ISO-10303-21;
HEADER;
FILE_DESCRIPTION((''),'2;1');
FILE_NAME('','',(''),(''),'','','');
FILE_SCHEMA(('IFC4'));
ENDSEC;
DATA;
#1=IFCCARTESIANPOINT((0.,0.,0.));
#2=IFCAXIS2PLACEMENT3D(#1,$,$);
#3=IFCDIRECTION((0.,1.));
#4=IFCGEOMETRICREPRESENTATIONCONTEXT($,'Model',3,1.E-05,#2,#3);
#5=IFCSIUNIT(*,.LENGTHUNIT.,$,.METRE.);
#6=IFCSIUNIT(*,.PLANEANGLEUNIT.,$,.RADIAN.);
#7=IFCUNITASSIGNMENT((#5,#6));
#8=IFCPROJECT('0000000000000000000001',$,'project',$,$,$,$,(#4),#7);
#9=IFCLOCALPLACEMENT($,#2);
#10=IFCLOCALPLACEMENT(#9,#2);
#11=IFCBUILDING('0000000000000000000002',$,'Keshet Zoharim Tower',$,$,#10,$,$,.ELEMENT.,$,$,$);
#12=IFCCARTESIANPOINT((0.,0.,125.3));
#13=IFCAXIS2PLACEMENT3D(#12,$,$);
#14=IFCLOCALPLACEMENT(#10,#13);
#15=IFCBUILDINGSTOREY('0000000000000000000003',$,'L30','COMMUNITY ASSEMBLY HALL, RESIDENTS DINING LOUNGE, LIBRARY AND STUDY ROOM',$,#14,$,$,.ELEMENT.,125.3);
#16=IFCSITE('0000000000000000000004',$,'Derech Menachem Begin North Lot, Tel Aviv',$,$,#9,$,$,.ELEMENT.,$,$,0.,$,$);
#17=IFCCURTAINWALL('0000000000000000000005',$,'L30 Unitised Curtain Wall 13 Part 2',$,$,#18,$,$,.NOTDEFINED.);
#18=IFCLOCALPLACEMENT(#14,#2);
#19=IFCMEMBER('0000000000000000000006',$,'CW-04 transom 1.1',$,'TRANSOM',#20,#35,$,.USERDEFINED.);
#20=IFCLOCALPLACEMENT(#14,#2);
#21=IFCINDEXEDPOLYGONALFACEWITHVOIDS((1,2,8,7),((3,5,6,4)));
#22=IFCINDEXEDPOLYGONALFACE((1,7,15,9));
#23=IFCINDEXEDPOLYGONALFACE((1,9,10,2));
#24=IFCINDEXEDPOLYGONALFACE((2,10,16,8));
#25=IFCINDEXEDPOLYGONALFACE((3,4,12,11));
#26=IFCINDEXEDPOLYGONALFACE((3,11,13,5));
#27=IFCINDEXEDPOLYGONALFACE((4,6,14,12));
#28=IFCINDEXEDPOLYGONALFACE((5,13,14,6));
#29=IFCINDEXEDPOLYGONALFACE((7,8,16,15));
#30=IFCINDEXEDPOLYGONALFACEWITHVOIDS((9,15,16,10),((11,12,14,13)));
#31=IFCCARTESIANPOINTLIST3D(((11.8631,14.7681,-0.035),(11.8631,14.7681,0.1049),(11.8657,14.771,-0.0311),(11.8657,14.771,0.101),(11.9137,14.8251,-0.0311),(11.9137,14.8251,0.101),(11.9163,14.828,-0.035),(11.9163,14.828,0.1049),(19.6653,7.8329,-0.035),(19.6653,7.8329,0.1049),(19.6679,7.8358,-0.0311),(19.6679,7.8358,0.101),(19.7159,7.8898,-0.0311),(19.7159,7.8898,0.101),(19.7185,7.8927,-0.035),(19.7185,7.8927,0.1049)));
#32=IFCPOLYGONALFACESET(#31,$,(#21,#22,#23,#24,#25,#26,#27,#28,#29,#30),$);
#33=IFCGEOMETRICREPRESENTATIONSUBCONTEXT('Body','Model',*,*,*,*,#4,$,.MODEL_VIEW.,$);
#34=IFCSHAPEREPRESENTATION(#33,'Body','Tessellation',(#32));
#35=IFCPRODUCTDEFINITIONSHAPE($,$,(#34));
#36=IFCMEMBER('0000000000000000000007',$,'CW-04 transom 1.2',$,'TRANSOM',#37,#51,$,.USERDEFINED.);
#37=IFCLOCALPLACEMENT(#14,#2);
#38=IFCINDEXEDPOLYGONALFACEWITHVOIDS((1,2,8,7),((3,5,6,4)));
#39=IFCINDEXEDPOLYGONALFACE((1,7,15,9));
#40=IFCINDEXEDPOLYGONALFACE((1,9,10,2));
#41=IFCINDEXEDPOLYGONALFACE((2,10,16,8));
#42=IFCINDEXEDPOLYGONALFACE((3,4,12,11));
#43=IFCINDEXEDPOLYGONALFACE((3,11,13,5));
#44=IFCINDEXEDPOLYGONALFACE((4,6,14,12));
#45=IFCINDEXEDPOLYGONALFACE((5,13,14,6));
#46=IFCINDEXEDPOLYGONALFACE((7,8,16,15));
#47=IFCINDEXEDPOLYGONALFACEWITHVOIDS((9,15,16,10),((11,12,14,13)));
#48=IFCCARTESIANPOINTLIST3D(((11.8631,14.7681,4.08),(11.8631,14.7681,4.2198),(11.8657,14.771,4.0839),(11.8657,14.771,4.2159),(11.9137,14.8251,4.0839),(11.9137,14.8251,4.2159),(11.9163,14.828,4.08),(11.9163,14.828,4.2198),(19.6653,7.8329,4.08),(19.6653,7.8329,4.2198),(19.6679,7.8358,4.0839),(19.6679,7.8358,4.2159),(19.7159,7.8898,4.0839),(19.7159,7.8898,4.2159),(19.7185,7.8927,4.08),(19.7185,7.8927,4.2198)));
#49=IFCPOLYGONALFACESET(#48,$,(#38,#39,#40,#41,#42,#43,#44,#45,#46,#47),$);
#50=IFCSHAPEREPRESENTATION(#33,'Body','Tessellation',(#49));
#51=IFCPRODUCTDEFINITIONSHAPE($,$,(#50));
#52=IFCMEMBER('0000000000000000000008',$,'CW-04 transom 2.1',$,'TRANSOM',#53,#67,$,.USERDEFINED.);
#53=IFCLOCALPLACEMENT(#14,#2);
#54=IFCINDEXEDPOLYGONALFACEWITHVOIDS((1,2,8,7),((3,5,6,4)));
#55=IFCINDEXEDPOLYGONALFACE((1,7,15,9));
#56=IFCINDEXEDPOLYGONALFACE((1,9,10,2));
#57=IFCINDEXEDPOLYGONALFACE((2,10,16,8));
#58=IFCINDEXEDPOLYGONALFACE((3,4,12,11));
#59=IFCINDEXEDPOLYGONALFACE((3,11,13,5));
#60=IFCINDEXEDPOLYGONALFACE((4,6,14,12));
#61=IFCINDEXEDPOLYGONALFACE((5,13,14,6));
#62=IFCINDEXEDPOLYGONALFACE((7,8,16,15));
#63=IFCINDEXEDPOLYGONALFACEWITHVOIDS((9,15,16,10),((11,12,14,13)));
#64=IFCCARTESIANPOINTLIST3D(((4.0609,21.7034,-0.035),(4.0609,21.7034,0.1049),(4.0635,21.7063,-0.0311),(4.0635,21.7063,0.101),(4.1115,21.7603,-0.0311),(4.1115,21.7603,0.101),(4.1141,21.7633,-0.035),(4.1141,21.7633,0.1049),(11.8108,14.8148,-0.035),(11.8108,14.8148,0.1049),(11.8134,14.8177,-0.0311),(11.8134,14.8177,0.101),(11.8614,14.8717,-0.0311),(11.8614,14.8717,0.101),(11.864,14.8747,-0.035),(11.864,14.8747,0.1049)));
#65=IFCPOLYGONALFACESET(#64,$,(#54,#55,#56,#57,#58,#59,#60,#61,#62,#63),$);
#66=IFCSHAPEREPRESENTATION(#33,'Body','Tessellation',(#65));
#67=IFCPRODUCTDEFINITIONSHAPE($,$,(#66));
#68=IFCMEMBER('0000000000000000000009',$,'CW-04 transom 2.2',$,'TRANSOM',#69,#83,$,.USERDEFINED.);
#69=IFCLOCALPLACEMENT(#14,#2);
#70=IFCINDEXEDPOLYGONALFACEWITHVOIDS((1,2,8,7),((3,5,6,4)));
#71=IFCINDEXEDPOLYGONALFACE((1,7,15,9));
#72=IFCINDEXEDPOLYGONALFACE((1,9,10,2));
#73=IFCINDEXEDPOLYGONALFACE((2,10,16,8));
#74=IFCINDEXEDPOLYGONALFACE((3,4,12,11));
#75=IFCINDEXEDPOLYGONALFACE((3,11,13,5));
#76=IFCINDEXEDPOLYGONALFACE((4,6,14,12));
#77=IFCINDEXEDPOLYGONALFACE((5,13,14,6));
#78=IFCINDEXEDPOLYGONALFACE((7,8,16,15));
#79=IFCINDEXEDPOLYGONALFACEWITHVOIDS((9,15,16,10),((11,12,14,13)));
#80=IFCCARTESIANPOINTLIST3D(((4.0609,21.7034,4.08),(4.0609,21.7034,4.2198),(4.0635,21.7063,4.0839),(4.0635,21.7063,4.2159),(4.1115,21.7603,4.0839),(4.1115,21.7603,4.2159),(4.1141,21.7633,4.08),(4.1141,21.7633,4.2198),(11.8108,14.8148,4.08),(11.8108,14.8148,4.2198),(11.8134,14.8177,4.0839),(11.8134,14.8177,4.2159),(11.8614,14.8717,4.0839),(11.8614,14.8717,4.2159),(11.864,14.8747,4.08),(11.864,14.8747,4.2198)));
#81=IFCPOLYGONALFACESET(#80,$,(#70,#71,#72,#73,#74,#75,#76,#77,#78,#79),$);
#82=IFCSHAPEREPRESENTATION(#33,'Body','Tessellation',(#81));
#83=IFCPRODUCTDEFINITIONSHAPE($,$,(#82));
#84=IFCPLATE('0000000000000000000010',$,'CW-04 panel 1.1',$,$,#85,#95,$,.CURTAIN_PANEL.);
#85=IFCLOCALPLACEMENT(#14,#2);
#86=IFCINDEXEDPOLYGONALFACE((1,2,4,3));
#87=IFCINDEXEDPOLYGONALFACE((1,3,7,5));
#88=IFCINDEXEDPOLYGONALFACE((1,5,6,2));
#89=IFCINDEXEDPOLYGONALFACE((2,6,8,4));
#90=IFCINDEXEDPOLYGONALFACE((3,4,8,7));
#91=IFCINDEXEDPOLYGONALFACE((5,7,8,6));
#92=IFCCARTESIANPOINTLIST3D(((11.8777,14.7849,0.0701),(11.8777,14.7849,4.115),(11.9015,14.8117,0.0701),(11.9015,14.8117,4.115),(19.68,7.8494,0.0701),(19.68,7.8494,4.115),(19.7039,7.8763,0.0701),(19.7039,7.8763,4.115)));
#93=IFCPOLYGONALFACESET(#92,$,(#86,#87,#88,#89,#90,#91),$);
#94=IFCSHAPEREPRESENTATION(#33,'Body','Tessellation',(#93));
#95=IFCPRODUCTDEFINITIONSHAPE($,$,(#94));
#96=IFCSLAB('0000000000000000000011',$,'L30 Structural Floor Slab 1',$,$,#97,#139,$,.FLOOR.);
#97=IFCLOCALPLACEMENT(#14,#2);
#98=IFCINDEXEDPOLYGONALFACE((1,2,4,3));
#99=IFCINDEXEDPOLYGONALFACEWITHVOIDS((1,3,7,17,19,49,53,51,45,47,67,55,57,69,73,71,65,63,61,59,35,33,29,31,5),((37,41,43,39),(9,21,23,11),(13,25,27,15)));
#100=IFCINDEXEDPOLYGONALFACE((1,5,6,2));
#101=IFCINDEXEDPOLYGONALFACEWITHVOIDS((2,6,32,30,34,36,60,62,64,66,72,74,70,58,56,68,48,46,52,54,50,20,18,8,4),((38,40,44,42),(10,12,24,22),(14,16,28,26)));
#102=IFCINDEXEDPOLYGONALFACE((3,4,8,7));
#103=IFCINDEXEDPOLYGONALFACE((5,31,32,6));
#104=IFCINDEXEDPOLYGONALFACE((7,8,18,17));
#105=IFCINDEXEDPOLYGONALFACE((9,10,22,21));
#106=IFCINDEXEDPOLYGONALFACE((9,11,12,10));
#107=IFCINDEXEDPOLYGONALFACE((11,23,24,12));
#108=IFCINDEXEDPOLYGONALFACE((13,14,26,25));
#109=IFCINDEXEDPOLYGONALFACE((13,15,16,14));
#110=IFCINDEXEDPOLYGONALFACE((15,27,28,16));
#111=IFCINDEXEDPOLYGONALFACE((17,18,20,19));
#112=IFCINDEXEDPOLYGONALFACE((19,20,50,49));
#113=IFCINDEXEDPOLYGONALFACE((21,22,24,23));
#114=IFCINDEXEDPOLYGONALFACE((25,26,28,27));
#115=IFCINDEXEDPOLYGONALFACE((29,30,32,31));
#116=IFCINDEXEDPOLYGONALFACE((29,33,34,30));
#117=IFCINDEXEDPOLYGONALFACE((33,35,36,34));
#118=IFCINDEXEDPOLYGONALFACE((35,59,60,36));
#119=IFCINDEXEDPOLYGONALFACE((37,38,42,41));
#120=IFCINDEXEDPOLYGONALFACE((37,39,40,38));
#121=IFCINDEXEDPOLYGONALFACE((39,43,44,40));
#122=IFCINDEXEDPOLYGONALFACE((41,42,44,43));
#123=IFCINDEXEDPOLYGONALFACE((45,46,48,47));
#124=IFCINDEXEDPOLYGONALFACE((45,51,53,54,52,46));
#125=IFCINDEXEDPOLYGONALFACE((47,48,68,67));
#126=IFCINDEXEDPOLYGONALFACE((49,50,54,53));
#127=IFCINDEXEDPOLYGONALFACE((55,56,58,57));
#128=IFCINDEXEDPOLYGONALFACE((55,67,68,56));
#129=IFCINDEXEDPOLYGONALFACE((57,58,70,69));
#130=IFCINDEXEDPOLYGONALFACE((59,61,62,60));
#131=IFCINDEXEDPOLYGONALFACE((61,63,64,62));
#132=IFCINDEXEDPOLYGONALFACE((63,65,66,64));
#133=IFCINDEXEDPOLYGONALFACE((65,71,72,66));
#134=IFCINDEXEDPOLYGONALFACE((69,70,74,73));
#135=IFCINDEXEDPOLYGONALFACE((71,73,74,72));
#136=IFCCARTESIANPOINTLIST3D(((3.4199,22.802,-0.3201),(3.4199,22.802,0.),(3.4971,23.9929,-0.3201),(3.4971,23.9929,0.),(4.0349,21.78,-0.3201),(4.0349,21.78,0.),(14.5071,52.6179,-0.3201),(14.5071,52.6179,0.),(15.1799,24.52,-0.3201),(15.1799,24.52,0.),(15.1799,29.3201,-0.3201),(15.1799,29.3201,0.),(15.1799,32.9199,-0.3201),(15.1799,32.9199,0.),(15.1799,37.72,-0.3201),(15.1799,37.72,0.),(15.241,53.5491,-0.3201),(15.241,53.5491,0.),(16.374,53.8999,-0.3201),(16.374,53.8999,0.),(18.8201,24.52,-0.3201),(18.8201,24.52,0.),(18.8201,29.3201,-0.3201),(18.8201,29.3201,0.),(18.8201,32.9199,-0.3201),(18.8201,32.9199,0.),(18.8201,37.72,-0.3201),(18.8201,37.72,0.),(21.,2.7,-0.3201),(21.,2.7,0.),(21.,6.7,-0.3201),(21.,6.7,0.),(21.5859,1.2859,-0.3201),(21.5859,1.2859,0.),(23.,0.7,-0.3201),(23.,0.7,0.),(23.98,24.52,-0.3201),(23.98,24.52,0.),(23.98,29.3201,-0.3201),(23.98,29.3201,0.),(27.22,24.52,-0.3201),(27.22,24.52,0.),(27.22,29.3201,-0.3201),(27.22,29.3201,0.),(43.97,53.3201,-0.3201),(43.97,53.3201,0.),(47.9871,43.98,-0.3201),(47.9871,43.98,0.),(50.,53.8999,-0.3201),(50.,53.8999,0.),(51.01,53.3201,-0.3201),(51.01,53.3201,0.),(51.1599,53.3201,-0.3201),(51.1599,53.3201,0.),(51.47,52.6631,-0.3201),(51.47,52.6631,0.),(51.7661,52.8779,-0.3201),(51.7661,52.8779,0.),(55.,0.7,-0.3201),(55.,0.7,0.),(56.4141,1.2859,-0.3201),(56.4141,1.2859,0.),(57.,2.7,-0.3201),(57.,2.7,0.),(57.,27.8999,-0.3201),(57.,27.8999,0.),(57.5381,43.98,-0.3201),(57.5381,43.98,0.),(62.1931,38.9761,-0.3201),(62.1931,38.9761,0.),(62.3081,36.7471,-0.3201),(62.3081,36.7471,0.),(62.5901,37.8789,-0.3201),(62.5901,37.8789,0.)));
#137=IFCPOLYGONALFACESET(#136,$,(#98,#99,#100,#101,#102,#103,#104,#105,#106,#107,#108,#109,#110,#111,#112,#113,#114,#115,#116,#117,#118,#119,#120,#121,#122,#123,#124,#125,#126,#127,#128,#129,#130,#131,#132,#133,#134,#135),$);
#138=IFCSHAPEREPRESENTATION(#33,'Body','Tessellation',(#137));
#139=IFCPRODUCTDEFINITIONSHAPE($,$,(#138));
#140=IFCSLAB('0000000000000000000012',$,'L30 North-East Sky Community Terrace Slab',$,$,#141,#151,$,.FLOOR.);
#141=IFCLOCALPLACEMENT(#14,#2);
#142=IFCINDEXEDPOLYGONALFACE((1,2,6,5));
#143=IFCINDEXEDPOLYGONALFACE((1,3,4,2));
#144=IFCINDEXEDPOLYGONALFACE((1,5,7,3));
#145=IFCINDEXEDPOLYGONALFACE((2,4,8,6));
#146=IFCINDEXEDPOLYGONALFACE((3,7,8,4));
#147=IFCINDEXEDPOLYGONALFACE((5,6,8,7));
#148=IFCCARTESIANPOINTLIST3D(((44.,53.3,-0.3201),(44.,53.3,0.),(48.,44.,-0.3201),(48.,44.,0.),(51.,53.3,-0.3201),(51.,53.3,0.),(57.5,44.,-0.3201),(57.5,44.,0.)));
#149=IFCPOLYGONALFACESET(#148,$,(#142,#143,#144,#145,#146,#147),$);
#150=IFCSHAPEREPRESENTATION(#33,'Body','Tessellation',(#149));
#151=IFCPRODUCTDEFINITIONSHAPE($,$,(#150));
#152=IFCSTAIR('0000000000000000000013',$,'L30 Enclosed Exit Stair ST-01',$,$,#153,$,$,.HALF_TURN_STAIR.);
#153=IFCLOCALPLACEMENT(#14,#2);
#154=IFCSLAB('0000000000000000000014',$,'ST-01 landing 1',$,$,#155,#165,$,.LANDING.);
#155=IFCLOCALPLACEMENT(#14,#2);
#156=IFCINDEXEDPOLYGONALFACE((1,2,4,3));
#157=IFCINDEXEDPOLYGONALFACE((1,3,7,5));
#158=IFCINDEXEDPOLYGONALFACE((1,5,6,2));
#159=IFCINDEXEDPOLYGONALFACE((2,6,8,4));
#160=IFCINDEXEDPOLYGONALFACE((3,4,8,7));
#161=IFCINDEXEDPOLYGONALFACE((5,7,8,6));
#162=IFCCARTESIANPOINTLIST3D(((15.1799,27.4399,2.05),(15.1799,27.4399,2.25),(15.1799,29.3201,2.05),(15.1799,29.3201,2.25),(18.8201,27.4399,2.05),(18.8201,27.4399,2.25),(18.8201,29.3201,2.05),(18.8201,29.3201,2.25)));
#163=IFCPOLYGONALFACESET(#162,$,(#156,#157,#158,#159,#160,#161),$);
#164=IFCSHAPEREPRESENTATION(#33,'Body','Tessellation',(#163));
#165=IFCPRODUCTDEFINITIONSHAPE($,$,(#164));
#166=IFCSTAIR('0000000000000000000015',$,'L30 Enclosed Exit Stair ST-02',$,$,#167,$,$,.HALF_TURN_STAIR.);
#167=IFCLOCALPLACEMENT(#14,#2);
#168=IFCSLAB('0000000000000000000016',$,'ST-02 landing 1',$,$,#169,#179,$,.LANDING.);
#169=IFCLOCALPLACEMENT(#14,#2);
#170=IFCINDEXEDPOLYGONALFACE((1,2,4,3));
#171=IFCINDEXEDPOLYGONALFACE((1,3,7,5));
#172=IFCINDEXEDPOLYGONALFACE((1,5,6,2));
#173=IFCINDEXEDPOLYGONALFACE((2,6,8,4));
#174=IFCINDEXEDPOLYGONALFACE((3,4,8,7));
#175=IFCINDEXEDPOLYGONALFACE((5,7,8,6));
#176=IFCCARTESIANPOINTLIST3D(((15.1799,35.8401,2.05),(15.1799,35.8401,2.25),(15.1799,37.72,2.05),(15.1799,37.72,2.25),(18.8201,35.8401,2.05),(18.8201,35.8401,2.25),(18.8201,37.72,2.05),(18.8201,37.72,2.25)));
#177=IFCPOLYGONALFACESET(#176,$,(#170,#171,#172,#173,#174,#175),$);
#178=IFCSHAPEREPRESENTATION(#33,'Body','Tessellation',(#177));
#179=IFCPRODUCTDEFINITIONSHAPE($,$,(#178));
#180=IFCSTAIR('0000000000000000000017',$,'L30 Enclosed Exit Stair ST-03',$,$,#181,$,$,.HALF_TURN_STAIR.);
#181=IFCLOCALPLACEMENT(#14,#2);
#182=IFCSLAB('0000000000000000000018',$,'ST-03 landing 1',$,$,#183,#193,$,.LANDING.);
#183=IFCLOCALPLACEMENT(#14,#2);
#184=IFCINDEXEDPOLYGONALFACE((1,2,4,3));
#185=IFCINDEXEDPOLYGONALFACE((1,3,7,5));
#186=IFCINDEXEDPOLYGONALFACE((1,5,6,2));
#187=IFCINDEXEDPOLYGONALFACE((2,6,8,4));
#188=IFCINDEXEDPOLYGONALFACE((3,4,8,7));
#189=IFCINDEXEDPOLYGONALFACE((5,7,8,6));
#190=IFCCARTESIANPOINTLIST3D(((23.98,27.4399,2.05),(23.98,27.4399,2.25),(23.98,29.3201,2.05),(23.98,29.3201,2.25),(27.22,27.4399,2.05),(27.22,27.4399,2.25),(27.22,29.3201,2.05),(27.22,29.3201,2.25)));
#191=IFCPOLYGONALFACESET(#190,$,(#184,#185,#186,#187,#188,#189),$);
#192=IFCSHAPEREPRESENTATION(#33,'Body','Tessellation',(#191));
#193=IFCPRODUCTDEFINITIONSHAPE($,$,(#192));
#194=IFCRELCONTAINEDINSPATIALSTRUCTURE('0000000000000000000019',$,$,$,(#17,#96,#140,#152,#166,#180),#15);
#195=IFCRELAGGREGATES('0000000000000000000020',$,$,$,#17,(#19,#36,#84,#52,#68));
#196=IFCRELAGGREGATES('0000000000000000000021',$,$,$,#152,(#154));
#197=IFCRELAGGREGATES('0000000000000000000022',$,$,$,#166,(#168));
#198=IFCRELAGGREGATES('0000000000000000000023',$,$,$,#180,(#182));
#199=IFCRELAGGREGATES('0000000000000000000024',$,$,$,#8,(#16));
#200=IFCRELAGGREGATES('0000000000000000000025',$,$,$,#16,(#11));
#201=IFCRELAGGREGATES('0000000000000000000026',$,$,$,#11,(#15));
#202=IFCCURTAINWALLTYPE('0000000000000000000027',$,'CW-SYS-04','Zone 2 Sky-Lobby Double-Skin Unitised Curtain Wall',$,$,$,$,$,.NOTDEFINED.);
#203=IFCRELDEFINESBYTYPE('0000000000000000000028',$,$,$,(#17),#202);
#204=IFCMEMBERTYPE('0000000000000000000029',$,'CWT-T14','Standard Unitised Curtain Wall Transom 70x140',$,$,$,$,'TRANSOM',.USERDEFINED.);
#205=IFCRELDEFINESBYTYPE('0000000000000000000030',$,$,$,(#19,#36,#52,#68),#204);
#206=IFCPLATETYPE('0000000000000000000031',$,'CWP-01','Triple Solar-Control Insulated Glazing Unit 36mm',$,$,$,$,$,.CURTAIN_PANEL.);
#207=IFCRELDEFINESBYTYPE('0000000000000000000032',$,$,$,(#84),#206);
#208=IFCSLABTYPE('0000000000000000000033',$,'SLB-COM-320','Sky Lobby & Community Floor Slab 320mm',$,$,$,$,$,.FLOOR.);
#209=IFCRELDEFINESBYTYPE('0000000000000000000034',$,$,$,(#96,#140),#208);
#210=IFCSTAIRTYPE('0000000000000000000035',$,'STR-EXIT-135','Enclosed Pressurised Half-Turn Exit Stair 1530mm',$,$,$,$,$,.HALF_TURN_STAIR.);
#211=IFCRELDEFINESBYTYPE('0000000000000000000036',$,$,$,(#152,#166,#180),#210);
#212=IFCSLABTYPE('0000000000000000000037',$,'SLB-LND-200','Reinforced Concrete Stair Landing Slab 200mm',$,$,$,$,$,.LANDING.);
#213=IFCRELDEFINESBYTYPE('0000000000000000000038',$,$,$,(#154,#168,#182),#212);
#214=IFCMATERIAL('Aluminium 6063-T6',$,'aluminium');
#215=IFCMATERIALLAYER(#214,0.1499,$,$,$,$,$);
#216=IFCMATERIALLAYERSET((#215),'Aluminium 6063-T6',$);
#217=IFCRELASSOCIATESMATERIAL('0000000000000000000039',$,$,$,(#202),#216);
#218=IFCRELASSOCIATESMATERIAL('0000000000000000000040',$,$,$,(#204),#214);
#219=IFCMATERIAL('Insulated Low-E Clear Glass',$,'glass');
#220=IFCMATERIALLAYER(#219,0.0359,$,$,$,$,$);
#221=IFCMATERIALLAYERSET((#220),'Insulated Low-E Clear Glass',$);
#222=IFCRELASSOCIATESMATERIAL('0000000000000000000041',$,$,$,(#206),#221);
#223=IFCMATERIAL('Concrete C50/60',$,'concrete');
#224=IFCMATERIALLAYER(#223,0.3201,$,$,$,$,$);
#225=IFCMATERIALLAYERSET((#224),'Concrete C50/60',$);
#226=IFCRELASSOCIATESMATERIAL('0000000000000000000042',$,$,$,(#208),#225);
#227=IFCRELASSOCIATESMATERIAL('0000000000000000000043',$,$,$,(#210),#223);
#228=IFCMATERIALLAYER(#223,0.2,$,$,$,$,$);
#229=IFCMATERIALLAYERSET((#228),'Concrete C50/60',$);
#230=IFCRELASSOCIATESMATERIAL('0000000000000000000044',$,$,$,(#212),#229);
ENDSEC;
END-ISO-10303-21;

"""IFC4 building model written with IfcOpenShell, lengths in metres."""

from ifc_helpers import new_model, si_unit, direction, frame, origin, origin_2d, place, context, subcontext, project, spatial, polyline, rectangle, hollow_rectangle, outline, extrude, material, layer, layer_set, material_profile, profile_set, type_object, element, aggregate, save


model = new_model("IFC4")

# Units and contexts
model_context = context("Model", 3, precision=1e-05, world=origin(), true_north=direction((0.0, 1.0)))
body_context = subcontext(model_context, "Body", "Model", "MODEL_VIEW")
ifc_project = project(units=[si_unit("LENGTHUNIT", "METRE"), si_unit("PLANEANGLEUNIT", "RADIAN")], contexts=[model_context])

# Site, building, storey
site_placement = place(None, origin())
site = spatial("IfcSite", under=ifc_project, at=site_placement, Name="Derech Menachem Begin North Lot, Tel Aviv", CompositionType="ELEMENT", RefElevation=0.0)
building_placement = place(site_placement, origin())
building = spatial("IfcBuilding", under=site, at=building_placement, Name="Keshet Zoharim Tower", CompositionType="ELEMENT")
storey_placement = place(building_placement, frame((0.0, 0.0, 125.3)))
storey = spatial("IfcBuildingStorey", under=building, at=storey_placement, Name="L30", Description="COMMUNITY ASSEMBLY HALL, RESIDENTS DINING LOUNGE, LIBRARY AND STUDY ROOM", CompositionType="ELEMENT", Elevation=125.3)

# Shared definitions
ifc_material_1 = material(Name="Aluminium 6063-T6", Category="aluminium")
ifc_layer_1 = layer(ifc_material_1, 0.1499)
ifc_layer_set_1 = layer_set([ifc_layer_1], Name="Aluminium 6063-T6")
curtain_wall_type = type_object("IfcCurtainWallType", Name="CW-SYS-04", Description="Zone 2 Sky-Lobby Double-Skin Unitised Curtain Wall", PredefinedType="NOTDEFINED", material=ifc_layer_set_1)

# Curtain wall, members, plate
curtain_wall_1_placement = place(storey_placement, origin())
curtain_wall_1 = element("IfcCurtainWall", 1, at=curtain_wall_1_placement, inside=storey, type_object=curtain_wall_type, Name="L30 Unitised Curtain Wall 13 Part 2", PredefinedType="NOTDEFINED")
ifc_material_profile_1 = material_profile(ifc_material_1, hollow_rectangle(XDim=0.0801, YDim=0.1399, WallThickness=0.0039, at=origin_2d()), Name="TRN-80x140")
ifc_profile_set_1 = profile_set([ifc_material_profile_1], Name="Aluminium 6063-T6")
member_type_1 = type_object("IfcMemberType", Name="CWT-T14", Description="Standard Unitised Curtain Wall Transom 70x140", ElementType="TRANSOM", PredefinedType="USERDEFINED", material=ifc_profile_set_1)
member_1_placement = place(storey_placement, frame((19.6919, 7.8628, 0.0349), z_axis=(-0.747411, 0.664362, 0.0), x_axis=(-0.664362, -0.747411, 0.0)))
member_1 = element("IfcMember", 2, at=member_1_placement, type_object=member_type_1, Name="CW-04 transom 1.1", ObjectType="TRANSOM", PredefinedType="USERDEFINED", context=body_context, shape_type="SweptSolid", body=[
    extrude(hollow_rectangle(XDim=0.0801, YDim=0.1399, WallThickness=0.0039, at=origin_2d()), origin(), (0.0, 0.0, 1.0), 10.439),
])
member_2_placement = place(storey_placement, frame((19.6919, 7.8628, 4.1499), z_axis=(-0.747411, 0.664362, 0.0), x_axis=(-0.664362, -0.747411, 0.0)))
member_2 = element("IfcMember", 3, at=member_2_placement, type_object=member_type_1, Name="CW-04 transom 1.2", ObjectType="TRANSOM", PredefinedType="USERDEFINED", context=body_context, shape_type="SweptSolid", body=[
    extrude(hollow_rectangle(XDim=0.0801, YDim=0.1399, WallThickness=0.0039, at=origin_2d()), origin(), (0.0, 0.0, 1.0), 10.439),
])
member_3_placement = place(storey_placement, frame((11.8374, 14.8447, 0.0349), z_axis=(-0.74742, 0.664352, 0.0), x_axis=(-0.664352, -0.74742, 0.0)))
member_3 = element("IfcMember", 4, at=member_3_placement, type_object=member_type_1, Name="CW-04 transom 2.1", ObjectType="TRANSOM", PredefinedType="USERDEFINED", context=body_context, shape_type="SweptSolid", body=[
    extrude(hollow_rectangle(XDim=0.0801, YDim=0.1399, WallThickness=0.0039, at=origin_2d()), origin(), (0.0, 0.0, 1.0), 10.3689),
])
member_4_placement = place(storey_placement, frame((11.8374, 14.8447, 4.1499), z_axis=(-0.74742, 0.664352, 0.0), x_axis=(-0.664352, -0.74742, 0.0)))
member_4 = element("IfcMember", 5, at=member_4_placement, type_object=member_type_1, Name="CW-04 transom 2.2", ObjectType="TRANSOM", PredefinedType="USERDEFINED", context=body_context, shape_type="SweptSolid", body=[
    extrude(hollow_rectangle(XDim=0.0801, YDim=0.1399, WallThickness=0.0039, at=origin_2d()), origin(), (0.0, 0.0, 1.0), 10.3689),
])
ifc_material_2 = material(Name="Insulated Low-E Clear Glass", Category="glass")
ifc_layer_2 = layer(ifc_material_2, 0.0359)
ifc_layer_set_2 = layer_set([ifc_layer_2], Name="Insulated Low-E Clear Glass")
plate_type = type_object("IfcPlateType", Name="CWP-01", Description="Triple Solar-Control Insulated Glazing Unit 36mm", PredefinedType="CURTAIN_PANEL", material=ifc_layer_set_2)
plate_placement = place(storey_placement, frame((15.7908, 11.3306, 0.0701), z_axis=(0.0, 0.0, 1.0), x_axis=(-0.74741, 0.664363, 0.0)))
plate = element("IfcPlate", 6, at=plate_placement, type_object=plate_type, Name="CW-04 panel 1.1", PredefinedType="CURTAIN_PANEL", context=body_context, shape_type="SweptSolid", body=[
    extrude(rectangle(XDim=10.4392, YDim=0.0359, at=origin_2d()), origin(), (0.0, 0.0, 1.0), 4.0449),
])
aggregate(curtain_wall_1, [member_1, member_2, plate, member_3, member_4])

# Slabs
ifc_material_3 = material(Name="Concrete C50/60", Category="concrete")
ifc_layer_3 = layer(ifc_material_3, 0.3201)
ifc_layer_set_3 = layer_set([ifc_layer_3], Name="Concrete C50/60")
slab_type_1 = type_object("IfcSlabType", Name="SLB-COM-320", Description="Sky Lobby & Community Floor Slab 320mm", PredefinedType="FLOOR", material=ifc_layer_set_3)
slab_1_placement = place(storey_placement, frame((0.0, 0.0, -0.3201)))
element("IfcSlab", 7, at=slab_1_placement, inside=storey, type_object=slab_type_1, Name="L30 Structural Floor Slab 1", PredefinedType="FLOOR", context=body_context, shape_type="SweptSolid", body=[
    extrude(outline(polyline([(51.47, 52.6631), (51.7661, 52.8779), (62.1931, 38.9761), (62.5901, 37.8789), (62.3081, 36.7471), (57.0, 27.8999), (57.0, 2.7), (56.4141, 1.2859), (55.0, 0.7), (23.0, 0.7), (21.5859, 1.2859), (21.0, 2.7), (21.0, 6.7), (4.0349, 21.78), (3.4199, 22.802), (3.4971, 23.9929), (14.5071, 52.6179), (15.241, 53.5491), (16.374, 53.8999), (50.0, 53.8999), (51.1599, 53.3201), (51.01, 53.3201), (43.97, 53.3201), (47.9871, 43.98), (57.5381, 43.98), (51.47, 52.6631)]), holes=[polyline([(15.1799, 24.52), (18.8201, 24.52), (18.8201, 29.3201), (15.1799, 29.3201), (15.1799, 24.52)]), polyline([(15.1799, 32.9199), (18.8201, 32.9199), (18.8201, 37.72), (15.1799, 37.72), (15.1799, 32.9199)]), polyline([(23.98, 24.52), (27.22, 24.52), (27.22, 29.3201), (23.98, 29.3201), (23.98, 24.52)])]), origin(), (0.0, 0.0, 1.0), 0.3201),
])
slab_2_placement = place(storey_placement, frame((0.0, 0.0, -0.3201)))
element("IfcSlab", 8, at=slab_2_placement, inside=storey, type_object=slab_type_1, Name="L30 North-East Sky Community Terrace Slab", PredefinedType="FLOOR", context=body_context, shape_type="SweptSolid", body=[
    extrude(outline(polyline([(44.0, 53.3), (51.0, 53.3), (57.5, 44.0), (48.0, 44.0), (44.0, 53.3)])), origin(), (0.0, 0.0, 1.0), 0.3201),
])

# Stairs, slabs
stair_type = type_object("IfcStairType", Name="STR-EXIT-135", Description="Enclosed Pressurised Half-Turn Exit Stair 1530mm", PredefinedType="HALF_TURN_STAIR", material=ifc_material_3)
stair_1_placement = place(storey_placement, origin())
stair_1 = element("IfcStair", 9, at=stair_1_placement, inside=storey, type_object=stair_type, Name="L30 Enclosed Exit Stair ST-01", PredefinedType="HALF_TURN_STAIR")
ifc_layer_4 = layer(ifc_material_3, 0.2)
ifc_layer_set_4 = layer_set([ifc_layer_4], Name="Concrete C50/60")
slab_type_2 = type_object("IfcSlabType", Name="SLB-LND-200", Description="Reinforced Concrete Stair Landing Slab 200mm", PredefinedType="LANDING", material=ifc_layer_set_4)
slab_3_placement = place(storey_placement, frame((0.0, 0.0, 2.05)))
slab_3 = element("IfcSlab", 10, at=slab_3_placement, type_object=slab_type_2, Name="ST-01 landing 1", PredefinedType="LANDING", context=body_context, shape_type="SweptSolid", body=[
    extrude(outline(polyline([(15.1799, 27.4399), (18.8201, 27.4399), (18.8201, 29.3201), (15.1799, 29.3201), (15.1799, 27.4399)])), origin(), (0.0, 0.0, 1.0), 0.2),
])
aggregate(stair_1, [slab_3])
stair_2_placement = place(storey_placement, origin())
stair_2 = element("IfcStair", 11, at=stair_2_placement, inside=storey, type_object=stair_type, Name="L30 Enclosed Exit Stair ST-02", PredefinedType="HALF_TURN_STAIR")
slab_4_placement = place(storey_placement, frame((0.0, 0.0, 2.05)))
slab_4 = element("IfcSlab", 12, at=slab_4_placement, type_object=slab_type_2, Name="ST-02 landing 1", PredefinedType="LANDING", context=body_context, shape_type="SweptSolid", body=[
    extrude(outline(polyline([(15.1799, 35.8401), (18.8201, 35.8401), (18.8201, 37.72), (15.1799, 37.72), (15.1799, 35.8401)])), origin(), (0.0, 0.0, 1.0), 0.2),
])
aggregate(stair_2, [slab_4])
stair_3_placement = place(storey_placement, origin())
stair_3 = element("IfcStair", 13, at=stair_3_placement, inside=storey, type_object=stair_type, Name="L30 Enclosed Exit Stair ST-03", PredefinedType="HALF_TURN_STAIR")
slab_5_placement = place(storey_placement, frame((0.0, 0.0, 2.05)))
slab_5 = element("IfcSlab", 14, at=slab_5_placement, type_object=slab_type_2, Name="ST-03 landing 1", PredefinedType="LANDING", context=body_context, shape_type="SweptSolid", body=[
    extrude(outline(polyline([(23.98, 27.4399), (27.22, 27.4399), (27.22, 29.3201), (23.98, 29.3201), (23.98, 27.4399)])), origin(), (0.0, 0.0, 1.0), 0.2),
])
aggregate(stair_3, [slab_5])

save(model, "model.ifc")
